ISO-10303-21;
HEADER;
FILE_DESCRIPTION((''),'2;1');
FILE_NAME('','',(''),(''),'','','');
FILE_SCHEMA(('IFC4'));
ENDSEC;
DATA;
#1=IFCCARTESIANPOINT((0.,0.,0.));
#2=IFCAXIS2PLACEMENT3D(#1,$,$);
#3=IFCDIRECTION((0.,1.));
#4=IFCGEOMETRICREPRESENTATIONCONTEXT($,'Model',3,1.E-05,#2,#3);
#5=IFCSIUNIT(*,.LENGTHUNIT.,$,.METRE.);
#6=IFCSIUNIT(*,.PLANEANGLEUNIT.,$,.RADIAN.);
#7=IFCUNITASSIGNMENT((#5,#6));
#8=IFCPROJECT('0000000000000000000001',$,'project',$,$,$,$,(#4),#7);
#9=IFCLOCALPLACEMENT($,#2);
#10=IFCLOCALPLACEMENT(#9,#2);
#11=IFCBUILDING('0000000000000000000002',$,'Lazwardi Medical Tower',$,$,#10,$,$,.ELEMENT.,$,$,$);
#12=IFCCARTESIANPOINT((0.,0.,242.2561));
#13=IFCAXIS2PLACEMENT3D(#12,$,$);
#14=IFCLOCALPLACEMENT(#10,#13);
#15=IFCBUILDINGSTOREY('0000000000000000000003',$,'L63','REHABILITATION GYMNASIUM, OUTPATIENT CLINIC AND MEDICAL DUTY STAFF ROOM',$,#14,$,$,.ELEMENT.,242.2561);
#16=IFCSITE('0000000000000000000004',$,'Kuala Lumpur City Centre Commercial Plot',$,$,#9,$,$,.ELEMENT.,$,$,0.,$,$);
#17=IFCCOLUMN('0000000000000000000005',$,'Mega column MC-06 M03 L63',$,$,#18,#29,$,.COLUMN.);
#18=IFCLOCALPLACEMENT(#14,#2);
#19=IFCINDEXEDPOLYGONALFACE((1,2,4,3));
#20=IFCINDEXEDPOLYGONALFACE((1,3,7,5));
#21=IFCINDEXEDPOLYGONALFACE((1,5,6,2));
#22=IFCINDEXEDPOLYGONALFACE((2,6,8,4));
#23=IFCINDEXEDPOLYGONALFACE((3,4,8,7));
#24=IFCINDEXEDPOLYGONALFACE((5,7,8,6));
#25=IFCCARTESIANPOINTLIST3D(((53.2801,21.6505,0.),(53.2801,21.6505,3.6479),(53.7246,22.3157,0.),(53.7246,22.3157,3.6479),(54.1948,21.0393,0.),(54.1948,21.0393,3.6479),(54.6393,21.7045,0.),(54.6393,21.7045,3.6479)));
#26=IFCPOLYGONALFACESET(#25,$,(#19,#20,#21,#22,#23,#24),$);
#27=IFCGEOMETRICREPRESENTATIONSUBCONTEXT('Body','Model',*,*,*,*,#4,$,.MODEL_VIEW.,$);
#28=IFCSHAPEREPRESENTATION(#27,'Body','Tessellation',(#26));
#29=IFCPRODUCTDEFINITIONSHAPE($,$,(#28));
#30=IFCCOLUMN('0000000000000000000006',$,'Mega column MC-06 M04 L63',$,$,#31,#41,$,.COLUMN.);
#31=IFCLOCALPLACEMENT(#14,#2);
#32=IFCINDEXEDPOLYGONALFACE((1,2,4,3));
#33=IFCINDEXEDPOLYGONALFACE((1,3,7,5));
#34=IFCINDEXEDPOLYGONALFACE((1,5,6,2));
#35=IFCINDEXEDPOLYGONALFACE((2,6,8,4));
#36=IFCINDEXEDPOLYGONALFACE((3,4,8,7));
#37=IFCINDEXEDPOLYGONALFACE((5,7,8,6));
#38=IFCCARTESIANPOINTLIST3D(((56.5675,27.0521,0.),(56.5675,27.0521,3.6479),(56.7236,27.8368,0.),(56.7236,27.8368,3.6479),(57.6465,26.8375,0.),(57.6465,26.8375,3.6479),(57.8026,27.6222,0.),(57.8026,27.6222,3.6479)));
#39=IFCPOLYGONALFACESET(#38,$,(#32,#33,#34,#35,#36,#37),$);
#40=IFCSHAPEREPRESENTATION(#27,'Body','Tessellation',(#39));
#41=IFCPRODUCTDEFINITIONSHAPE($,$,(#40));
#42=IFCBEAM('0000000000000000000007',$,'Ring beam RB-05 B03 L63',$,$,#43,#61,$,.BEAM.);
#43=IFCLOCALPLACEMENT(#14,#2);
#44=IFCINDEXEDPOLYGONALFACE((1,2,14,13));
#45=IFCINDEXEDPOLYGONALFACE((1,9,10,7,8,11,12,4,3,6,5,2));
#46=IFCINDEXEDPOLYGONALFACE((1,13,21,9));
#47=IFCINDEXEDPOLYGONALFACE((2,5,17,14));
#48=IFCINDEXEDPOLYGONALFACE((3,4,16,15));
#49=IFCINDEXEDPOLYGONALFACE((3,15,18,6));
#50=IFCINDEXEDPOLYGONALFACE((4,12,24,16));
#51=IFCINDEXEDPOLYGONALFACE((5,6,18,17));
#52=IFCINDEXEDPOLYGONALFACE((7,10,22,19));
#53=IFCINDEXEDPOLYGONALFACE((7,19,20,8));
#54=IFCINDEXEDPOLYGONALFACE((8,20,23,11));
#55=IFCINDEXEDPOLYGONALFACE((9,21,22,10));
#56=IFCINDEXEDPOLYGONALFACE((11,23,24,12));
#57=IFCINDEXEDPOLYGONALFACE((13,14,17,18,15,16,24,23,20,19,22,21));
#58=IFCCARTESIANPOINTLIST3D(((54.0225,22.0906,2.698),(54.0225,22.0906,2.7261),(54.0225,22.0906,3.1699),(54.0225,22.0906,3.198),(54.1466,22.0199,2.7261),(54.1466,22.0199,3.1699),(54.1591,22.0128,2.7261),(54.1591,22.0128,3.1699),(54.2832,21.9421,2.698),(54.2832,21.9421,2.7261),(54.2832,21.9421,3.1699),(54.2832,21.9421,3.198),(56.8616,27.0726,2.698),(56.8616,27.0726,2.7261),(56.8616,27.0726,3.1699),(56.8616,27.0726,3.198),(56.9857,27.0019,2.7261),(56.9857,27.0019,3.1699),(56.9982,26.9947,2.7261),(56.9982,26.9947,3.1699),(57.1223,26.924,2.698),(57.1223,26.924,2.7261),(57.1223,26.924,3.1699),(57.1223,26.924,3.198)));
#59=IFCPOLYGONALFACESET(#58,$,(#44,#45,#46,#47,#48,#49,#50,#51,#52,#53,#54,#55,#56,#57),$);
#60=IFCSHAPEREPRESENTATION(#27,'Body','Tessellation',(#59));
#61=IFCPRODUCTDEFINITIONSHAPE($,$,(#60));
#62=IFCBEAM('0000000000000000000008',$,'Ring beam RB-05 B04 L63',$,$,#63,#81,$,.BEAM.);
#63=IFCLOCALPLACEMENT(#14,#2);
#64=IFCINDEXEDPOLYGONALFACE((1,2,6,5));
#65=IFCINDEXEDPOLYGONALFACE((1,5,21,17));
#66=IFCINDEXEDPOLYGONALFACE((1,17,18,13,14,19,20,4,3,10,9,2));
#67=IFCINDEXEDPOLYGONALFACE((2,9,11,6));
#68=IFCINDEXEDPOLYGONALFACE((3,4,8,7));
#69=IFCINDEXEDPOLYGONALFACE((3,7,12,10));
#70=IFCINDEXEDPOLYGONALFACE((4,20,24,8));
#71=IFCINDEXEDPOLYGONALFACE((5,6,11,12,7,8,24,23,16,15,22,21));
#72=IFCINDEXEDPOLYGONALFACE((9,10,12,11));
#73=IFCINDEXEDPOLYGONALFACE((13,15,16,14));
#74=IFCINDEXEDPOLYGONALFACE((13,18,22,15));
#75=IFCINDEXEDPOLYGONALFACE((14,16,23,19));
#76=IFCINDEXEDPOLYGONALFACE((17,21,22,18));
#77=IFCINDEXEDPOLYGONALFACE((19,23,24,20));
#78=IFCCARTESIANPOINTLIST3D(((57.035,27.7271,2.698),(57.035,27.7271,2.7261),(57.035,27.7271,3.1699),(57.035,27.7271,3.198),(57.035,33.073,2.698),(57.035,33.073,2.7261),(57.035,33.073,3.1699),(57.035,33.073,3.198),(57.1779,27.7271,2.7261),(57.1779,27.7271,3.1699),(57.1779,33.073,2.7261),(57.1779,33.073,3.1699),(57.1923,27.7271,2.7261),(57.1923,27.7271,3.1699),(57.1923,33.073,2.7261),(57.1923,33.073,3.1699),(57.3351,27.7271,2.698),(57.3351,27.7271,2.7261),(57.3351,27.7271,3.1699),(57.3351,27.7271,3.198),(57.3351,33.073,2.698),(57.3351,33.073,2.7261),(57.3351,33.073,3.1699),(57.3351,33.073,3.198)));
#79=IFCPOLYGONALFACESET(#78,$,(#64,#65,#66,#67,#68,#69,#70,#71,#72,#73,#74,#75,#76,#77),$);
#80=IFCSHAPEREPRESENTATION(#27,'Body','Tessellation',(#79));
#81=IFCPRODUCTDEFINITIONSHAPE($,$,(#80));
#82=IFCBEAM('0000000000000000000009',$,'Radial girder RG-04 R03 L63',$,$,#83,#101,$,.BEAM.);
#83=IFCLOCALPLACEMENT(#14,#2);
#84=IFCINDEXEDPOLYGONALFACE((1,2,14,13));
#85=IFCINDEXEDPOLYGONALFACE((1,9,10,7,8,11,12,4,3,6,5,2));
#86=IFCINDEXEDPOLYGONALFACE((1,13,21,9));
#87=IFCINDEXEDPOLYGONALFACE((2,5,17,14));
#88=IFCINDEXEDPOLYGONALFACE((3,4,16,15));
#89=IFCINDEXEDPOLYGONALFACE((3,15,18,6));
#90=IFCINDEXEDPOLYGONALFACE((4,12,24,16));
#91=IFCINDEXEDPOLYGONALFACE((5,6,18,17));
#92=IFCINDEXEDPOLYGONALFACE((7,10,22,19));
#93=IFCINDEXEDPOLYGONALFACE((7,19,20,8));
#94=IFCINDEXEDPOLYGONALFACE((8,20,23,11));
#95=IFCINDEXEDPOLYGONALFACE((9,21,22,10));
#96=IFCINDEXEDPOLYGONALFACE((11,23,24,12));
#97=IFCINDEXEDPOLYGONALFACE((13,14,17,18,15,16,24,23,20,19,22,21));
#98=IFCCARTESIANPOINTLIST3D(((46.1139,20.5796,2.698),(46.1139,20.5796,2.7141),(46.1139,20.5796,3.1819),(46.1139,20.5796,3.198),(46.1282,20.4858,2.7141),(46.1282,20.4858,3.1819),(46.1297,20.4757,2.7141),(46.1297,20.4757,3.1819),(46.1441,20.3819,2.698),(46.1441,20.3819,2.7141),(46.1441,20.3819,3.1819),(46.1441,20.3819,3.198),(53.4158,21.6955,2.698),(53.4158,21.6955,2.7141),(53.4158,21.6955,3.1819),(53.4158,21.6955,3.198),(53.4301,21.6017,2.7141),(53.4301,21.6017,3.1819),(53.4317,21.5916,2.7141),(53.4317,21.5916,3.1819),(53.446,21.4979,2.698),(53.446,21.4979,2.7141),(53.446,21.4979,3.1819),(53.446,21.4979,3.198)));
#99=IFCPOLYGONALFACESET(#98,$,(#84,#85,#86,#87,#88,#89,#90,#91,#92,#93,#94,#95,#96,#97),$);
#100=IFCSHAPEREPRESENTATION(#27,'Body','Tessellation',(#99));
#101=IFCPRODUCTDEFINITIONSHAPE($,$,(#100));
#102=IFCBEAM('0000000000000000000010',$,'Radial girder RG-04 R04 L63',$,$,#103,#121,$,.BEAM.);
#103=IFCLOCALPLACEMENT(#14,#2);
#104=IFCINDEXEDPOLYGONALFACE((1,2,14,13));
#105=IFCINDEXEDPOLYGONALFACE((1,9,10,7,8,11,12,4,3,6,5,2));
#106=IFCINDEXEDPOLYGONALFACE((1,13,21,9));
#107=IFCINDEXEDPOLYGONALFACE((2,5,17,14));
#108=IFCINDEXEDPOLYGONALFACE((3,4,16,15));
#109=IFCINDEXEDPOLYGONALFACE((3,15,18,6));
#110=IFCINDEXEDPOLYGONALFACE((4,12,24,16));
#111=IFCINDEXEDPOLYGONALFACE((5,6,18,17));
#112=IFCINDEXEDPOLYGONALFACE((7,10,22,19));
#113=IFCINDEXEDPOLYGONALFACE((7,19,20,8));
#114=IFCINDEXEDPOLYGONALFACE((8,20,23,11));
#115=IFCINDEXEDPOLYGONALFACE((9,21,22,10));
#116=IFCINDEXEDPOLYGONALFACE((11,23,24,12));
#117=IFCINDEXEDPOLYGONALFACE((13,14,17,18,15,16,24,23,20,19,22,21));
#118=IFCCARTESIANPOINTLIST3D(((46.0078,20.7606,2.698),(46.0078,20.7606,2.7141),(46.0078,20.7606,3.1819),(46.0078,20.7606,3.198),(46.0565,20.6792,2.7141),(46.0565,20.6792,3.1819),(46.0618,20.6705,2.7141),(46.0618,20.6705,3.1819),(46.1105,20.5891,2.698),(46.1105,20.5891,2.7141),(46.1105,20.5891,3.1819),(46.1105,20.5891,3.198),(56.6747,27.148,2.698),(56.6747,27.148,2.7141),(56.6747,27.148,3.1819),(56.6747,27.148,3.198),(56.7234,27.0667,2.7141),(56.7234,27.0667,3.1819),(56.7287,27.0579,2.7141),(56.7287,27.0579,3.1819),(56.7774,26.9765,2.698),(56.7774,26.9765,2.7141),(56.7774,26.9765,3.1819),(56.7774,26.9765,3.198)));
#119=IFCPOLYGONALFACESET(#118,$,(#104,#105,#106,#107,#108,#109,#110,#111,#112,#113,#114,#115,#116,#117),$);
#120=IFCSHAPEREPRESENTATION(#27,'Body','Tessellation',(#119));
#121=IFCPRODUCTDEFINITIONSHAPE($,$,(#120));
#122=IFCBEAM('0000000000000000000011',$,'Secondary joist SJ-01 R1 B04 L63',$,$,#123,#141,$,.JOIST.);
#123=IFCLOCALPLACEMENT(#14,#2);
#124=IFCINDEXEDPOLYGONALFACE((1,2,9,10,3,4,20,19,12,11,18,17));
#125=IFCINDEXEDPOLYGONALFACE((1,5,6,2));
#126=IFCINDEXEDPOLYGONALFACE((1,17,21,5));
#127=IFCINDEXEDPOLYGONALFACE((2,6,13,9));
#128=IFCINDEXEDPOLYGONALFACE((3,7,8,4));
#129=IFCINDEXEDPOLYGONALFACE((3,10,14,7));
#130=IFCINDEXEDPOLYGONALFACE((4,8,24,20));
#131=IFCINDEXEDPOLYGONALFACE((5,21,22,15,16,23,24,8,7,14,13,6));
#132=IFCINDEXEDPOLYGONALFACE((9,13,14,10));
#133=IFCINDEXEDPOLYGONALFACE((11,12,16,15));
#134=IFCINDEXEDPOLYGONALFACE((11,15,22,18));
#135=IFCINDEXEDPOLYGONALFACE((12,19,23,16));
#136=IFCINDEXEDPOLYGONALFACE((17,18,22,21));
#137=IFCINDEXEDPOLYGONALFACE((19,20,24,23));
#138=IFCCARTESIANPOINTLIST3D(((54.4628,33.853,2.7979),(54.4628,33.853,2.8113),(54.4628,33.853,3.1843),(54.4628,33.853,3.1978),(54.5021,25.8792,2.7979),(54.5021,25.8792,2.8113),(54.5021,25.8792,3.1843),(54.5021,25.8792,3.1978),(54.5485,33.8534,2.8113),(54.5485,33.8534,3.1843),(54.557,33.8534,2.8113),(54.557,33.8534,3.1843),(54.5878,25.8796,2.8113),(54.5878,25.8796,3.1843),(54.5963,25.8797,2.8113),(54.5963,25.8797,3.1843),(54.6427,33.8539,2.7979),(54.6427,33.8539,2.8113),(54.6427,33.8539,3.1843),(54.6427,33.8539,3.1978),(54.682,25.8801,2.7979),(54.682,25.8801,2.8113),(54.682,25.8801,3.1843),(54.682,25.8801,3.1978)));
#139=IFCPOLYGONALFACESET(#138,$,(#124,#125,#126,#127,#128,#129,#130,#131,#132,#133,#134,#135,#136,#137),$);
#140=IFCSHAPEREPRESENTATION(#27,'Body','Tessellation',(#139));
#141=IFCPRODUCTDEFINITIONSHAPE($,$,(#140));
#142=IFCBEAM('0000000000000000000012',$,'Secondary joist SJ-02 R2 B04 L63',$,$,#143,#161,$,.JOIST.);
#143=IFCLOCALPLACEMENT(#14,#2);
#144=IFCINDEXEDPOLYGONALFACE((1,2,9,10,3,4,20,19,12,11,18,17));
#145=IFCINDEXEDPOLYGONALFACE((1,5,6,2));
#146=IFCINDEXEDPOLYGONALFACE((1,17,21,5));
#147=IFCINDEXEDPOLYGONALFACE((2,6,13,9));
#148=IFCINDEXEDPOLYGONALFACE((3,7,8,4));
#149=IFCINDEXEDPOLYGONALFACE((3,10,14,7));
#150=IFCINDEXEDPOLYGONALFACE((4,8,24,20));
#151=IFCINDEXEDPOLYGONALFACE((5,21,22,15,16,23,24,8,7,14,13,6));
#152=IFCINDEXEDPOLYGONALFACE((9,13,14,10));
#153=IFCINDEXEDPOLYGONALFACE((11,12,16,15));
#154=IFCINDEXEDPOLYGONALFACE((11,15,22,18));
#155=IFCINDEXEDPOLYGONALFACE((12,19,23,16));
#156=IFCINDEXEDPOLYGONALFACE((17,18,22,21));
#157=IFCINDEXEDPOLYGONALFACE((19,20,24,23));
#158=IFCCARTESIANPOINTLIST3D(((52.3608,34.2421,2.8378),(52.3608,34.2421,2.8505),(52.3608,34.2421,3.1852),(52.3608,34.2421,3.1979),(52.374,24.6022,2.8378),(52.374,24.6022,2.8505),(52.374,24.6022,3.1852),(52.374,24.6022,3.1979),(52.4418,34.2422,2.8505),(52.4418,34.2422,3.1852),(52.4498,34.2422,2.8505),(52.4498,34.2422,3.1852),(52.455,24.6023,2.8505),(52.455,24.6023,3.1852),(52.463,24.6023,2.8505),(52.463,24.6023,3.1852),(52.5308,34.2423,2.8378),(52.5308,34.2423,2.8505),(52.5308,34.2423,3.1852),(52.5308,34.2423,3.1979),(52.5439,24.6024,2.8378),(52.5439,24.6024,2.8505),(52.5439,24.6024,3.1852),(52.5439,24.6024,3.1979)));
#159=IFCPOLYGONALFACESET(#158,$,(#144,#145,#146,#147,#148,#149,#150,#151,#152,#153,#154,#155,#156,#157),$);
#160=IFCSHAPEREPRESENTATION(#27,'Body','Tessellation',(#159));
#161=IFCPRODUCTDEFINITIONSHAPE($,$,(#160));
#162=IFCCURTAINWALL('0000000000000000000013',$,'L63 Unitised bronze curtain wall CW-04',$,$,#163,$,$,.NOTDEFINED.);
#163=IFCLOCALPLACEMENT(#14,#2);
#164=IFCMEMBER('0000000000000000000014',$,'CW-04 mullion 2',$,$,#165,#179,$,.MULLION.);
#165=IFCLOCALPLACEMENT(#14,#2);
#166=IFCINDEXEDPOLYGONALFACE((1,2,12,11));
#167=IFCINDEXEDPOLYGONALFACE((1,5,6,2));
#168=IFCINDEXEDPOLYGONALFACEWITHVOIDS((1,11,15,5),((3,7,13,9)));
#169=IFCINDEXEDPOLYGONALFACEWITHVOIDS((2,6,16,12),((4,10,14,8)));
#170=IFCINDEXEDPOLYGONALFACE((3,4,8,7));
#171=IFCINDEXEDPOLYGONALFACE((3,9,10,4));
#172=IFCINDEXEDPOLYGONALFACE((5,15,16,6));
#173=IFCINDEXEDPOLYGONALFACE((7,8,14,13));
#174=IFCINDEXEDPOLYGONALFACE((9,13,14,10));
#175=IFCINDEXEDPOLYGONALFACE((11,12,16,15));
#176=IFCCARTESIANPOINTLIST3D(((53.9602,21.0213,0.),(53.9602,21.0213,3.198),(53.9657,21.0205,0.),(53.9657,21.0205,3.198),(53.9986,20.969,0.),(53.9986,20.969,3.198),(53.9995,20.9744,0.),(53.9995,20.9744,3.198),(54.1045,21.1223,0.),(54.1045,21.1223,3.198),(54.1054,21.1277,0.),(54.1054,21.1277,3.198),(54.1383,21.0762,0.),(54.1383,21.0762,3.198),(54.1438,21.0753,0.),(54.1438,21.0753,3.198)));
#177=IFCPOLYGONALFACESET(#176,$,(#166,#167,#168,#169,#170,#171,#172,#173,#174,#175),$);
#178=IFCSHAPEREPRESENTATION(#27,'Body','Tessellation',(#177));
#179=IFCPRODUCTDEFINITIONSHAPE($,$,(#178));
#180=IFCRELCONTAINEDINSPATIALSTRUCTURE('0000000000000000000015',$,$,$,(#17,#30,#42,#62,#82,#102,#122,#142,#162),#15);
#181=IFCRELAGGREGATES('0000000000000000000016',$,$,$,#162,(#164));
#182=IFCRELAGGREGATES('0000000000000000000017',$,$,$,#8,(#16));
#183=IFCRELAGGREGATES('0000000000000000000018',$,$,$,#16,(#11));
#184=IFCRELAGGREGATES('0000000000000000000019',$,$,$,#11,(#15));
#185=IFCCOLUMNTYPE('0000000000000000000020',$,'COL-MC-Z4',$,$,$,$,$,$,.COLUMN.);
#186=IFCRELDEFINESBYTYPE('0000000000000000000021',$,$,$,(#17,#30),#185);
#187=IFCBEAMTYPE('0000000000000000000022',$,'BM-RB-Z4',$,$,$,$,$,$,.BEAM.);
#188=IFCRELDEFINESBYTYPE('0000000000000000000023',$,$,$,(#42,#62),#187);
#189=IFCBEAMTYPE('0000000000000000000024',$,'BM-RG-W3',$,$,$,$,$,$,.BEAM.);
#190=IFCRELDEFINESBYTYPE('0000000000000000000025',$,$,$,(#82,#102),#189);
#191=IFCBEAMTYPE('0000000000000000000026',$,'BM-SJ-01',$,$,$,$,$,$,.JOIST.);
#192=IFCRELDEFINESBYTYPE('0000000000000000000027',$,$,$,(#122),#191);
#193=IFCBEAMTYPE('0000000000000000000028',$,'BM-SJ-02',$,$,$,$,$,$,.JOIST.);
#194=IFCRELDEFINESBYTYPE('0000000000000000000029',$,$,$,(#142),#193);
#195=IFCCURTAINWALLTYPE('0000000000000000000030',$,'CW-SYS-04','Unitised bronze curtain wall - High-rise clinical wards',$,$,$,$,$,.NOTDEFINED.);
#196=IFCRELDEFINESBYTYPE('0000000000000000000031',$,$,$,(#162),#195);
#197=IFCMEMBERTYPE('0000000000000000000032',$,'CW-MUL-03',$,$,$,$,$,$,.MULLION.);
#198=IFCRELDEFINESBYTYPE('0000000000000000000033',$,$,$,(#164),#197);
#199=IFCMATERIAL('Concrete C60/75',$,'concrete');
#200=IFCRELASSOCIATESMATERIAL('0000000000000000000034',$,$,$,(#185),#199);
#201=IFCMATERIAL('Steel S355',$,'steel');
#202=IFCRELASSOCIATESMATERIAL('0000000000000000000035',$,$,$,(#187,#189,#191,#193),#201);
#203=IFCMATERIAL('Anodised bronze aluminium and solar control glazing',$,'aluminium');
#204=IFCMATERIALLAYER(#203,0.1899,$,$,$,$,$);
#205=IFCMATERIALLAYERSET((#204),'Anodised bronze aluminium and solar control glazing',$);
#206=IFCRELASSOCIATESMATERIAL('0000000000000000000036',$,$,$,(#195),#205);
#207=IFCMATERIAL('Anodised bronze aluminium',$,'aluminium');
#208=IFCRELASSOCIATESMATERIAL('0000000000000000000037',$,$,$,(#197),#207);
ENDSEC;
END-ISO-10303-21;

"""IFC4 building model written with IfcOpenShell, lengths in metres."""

from ifc_helpers import new_model, si_unit, direction, frame, origin, origin_2d, place, context, subcontext, project, spatial, rectangle, hollow_rectangle, i_section, extrude, material, layer, layer_set, material_profile, profile_set, type_object, element, aggregate, save


model = new_model("IFC4")

# Units and contexts
model_context = context("Model", 3, precision=1e-05, world=origin(), true_north=direction((0.0, 1.0)))
body_context = subcontext(model_context, "Body", "Model", "MODEL_VIEW")
ifc_project = project(units=[si_unit("LENGTHUNIT", "METRE"), si_unit("PLANEANGLEUNIT", "RADIAN")], contexts=[model_context])

# Site, building, storey
site_placement = place(None, origin())
site = spatial("IfcSite", under=ifc_project, at=site_placement, Name="Kuala Lumpur City Centre Commercial Plot", CompositionType="ELEMENT", RefElevation=0.0)
building_placement = place(site_placement, origin())
building = spatial("IfcBuilding", under=site, at=building_placement, Name="Lazwardi Medical Tower", CompositionType="ELEMENT")
storey_placement = place(building_placement, frame((0.0, 0.0, 242.2561)))
storey = spatial("IfcBuildingStorey", under=building, at=storey_placement, Name="L63", Description="REHABILITATION GYMNASIUM, OUTPATIENT CLINIC AND MEDICAL DUTY STAFF ROOM", CompositionType="ELEMENT", Elevation=242.2561)

# Columns
ifc_material_1 = material(Name="Concrete C60/75", Category="concrete")
ifc_material_profile_1 = material_profile(ifc_material_1, rectangle(XDim=1.1001, YDim=0.8, at=origin_2d()), Name="CFT-RECT 1100x800")
ifc_profile_set_1 = profile_set([ifc_material_profile_1], Name="Concrete C60/75")
column_type = type_object("IfcColumnType", Name="COL-MC-Z4", PredefinedType="COLUMN", material=ifc_profile_set_1)
for number, where, z_axis, x_axis, name in (
    (1, (53.9597, 21.6775, 0.0), (0.0, 0.0, 1.0), (0.83147, -0.55557, 0.0), "Mega column MC-06 M03 L63"),
    (2, (57.1851, 27.3372, 0.0), (0.0, 0.0, 1.0), (0.980785, -0.19509, 0.0), "Mega column MC-06 M04 L63"),
):
    element("IfcColumn", number, at=place(storey_placement, frame(where, z_axis=z_axis, x_axis=x_axis)), inside=storey, type_object=column_type, Name=name, PredefinedType="COLUMN", context=body_context, shape_type="SweptSolid", body=[
        extrude(rectangle(XDim=1.1001, YDim=0.8, at=origin_2d()), origin(), (0.0, 0.0, 1.0), 3.6479),
    ])

# Beams
ifc_material_2 = material(Name="Steel S355", Category="steel")
ifc_material_profile_2 = material_profile(ifc_material_2, i_section(OverallWidth=0.3, OverallDepth=0.5, WebThickness=0.0144, FlangeThickness=0.0281, at=origin_2d()), Name="HEB 500")
ifc_profile_set_2 = profile_set([ifc_material_profile_2], Name="Steel S355")
beam_type_1 = type_object("IfcBeamType", Name="BM-RB-Z4", PredefinedType="BEAM", material=ifc_profile_set_2)
beam_1_placement = place(storey_placement, frame((54.1528, 22.0164, 2.948), z_axis=(0.495125, 0.868822, 0.0), x_axis=(-0.868822, 0.495125, 0.0)))
element("IfcBeam", 3, at=beam_1_placement, inside=storey, type_object=beam_type_1, Name="Ring beam RB-05 B03 L63", PredefinedType="BEAM", context=body_context, shape_type="SweptSolid", body=[
    extrude(i_section(OverallWidth=0.3, OverallDepth=0.5, WebThickness=0.0144, FlangeThickness=0.0281, at=origin_2d()), origin(), (0.0, 0.0, 1.0), 5.7341),
])
beam_2_placement = place(storey_placement, frame((57.1851, 27.7271, 2.948), z_axis=(0.0, 1.0, 0.0), x_axis=(-1.0, 0.0, 0.0)))
element("IfcBeam", 4, at=beam_2_placement, inside=storey, type_object=beam_type_1, Name="Ring beam RB-05 B04 L63", PredefinedType="BEAM", context=body_context, shape_type="SweptSolid", body=[
    extrude(i_section(OverallWidth=0.3, OverallDepth=0.5, WebThickness=0.0144, FlangeThickness=0.0281, at=origin_2d()), origin(), (0.0, 0.0, 1.0), 5.3459),
])
ifc_material_profile_3 = material_profile(ifc_material_2, i_section(OverallWidth=0.2, OverallDepth=0.5, WebThickness=0.0103, FlangeThickness=0.0161, at=origin_2d()), Name="IPE 500")
ifc_profile_set_3 = profile_set([ifc_material_profile_3], Name="Steel S355")
beam_type_2 = type_object("IfcBeamType", Name="BM-RG-W3", PredefinedType="BEAM", material=ifc_profile_set_3)
beam_3_placement = place(storey_placement, frame((53.4309, 21.5967, 2.948), z_axis=(-0.988522, -0.151076, 0.0), x_axis=(0.151076, -0.988522, 0.0)))
element("IfcBeam", 5, at=beam_3_placement, inside=storey, type_object=beam_type_2, Name="Radial girder RG-04 R03 L63", PredefinedType="BEAM", context=body_context, shape_type="SweptSolid", body=[
    extrude(i_section(OverallWidth=0.2, OverallDepth=0.5, WebThickness=0.0103, FlangeThickness=0.0161, at=origin_2d()), origin(), (0.0, 0.0, 1.0), 7.3867),
])
beam_4_placement = place(storey_placement, frame((56.7261, 27.0623, 2.948), z_axis=(-0.857945, -0.513742, 0.0), x_axis=(0.513742, -0.857945, 0.0)))
element("IfcBeam", 6, at=beam_4_placement, inside=storey, type_object=beam_type_2, Name="Radial girder RG-04 R04 L63", PredefinedType="BEAM", context=body_context, shape_type="SweptSolid", body=[
    extrude(i_section(OverallWidth=0.2, OverallDepth=0.5, WebThickness=0.0103, FlangeThickness=0.0161, at=origin_2d()), origin(), (0.0, 0.0, 1.0), 12.4331),
])
ifc_material_profile_4 = material_profile(ifc_material_2, i_section(OverallWidth=0.1799, OverallDepth=0.3999, WebThickness=0.0085, FlangeThickness=0.0134, at=origin_2d()), Name="IPE 400")
ifc_profile_set_4 = profile_set([ifc_material_profile_4], Name="Steel S355")
beam_type_3 = type_object("IfcBeamType", Name="BM-SJ-01", PredefinedType="JOIST", material=ifc_profile_set_4)
beam_5_placement = place(storey_placement, frame((54.592, 25.8796, 2.9978), z_axis=(-0.004929, 0.999988, 0.0), x_axis=(-0.999988, -0.004929, 0.0)))
element("IfcBeam", 7, at=beam_5_placement, inside=storey, type_object=beam_type_3, Name="Secondary joist SJ-01 R1 B04 L63", PredefinedType="JOIST", context=body_context, shape_type="SweptSolid", body=[
    extrude(i_section(OverallWidth=0.1799, OverallDepth=0.3999, WebThickness=0.0085, FlangeThickness=0.0134, at=origin_2d()), origin(), (0.0, 0.0, 1.0), 7.9739),
])
ifc_material_profile_5 = material_profile(ifc_material_2, i_section(OverallWidth=0.1699, OverallDepth=0.3601, WebThickness=0.0081, FlangeThickness=0.0127, at=origin_2d()), Name="IPE 360")
ifc_profile_set_5 = profile_set([ifc_material_profile_5], Name="Steel S355")
beam_type_4 = type_object("IfcBeamType", Name="BM-SJ-02", PredefinedType="JOIST", material=ifc_profile_set_5)
beam_6_placement = place(storey_placement, frame((52.459, 24.6023, 3.0178), z_axis=(-0.001368, 0.999999, 0.0), x_axis=(-0.999999, -0.001368, 0.0)))
element("IfcBeam", 8, at=beam_6_placement, inside=storey, type_object=beam_type_4, Name="Secondary joist SJ-02 R2 B04 L63", PredefinedType="JOIST", context=body_context, shape_type="SweptSolid", body=[
    extrude(i_section(OverallWidth=0.1699, OverallDepth=0.3601, WebThickness=0.0081, FlangeThickness=0.0127, at=origin_2d()), origin(), (0.0, 0.0, 1.0), 9.6399),
])

# Curtain wall, member
ifc_material_3 = material(Name="Anodised bronze aluminium and solar control glazing", Category="aluminium")
ifc_layer_1 = layer(ifc_material_3, 0.1899)
ifc_layer_set_1 = layer_set([ifc_layer_1], Name="Anodised bronze aluminium and solar control glazing")
curtain_wall_type = type_object("IfcCurtainWallType", Name="CW-SYS-04", Description="Unitised bronze curtain wall - High-rise clinical wards", PredefinedType="NOTDEFINED", material=ifc_layer_set_1)
curtain_wall_1_placement = place(storey_placement, origin())
curtain_wall_1 = element("IfcCurtainWall", 9, at=curtain_wall_1_placement, inside=storey, type_object=curtain_wall_type, Name="L63 Unitised bronze curtain wall CW-04", PredefinedType="NOTDEFINED")
ifc_material_4 = material(Name="Anodised bronze aluminium", Category="aluminium")
ifc_material_profile_6 = material_profile(ifc_material_4, hollow_rectangle(XDim=0.0649, YDim=0.1799, WallThickness=0.0039, at=origin_2d()), Name="ALU-MULLION 180x65x4")
ifc_profile_set_6 = profile_set([ifc_material_profile_6], Name="Anodised bronze aluminium")
member_type_1 = type_object("IfcMemberType", Name="CW-MUL-03", PredefinedType="MULLION", material=ifc_profile_set_6)
member_1_placement = place(storey_placement, frame((54.052, 21.0483, 0.0), z_axis=(0.0, 0.0, 1.0), x_axis=(-0.591268, 0.806475, 0.0)))
member_1 = element("IfcMember", 10, at=member_1_placement, type_object=member_type_1, Name="CW-04 mullion 2", PredefinedType="MULLION", context=body_context, shape_type="SweptSolid", body=[
    extrude(hollow_rectangle(XDim=0.0649, YDim=0.1799, WallThickness=0.0039, at=origin_2d()), origin(), (0.0, 0.0, 1.0), 3.198),
])
aggregate(curtain_wall_1, [member_1])

save(model, "model.ifc")
